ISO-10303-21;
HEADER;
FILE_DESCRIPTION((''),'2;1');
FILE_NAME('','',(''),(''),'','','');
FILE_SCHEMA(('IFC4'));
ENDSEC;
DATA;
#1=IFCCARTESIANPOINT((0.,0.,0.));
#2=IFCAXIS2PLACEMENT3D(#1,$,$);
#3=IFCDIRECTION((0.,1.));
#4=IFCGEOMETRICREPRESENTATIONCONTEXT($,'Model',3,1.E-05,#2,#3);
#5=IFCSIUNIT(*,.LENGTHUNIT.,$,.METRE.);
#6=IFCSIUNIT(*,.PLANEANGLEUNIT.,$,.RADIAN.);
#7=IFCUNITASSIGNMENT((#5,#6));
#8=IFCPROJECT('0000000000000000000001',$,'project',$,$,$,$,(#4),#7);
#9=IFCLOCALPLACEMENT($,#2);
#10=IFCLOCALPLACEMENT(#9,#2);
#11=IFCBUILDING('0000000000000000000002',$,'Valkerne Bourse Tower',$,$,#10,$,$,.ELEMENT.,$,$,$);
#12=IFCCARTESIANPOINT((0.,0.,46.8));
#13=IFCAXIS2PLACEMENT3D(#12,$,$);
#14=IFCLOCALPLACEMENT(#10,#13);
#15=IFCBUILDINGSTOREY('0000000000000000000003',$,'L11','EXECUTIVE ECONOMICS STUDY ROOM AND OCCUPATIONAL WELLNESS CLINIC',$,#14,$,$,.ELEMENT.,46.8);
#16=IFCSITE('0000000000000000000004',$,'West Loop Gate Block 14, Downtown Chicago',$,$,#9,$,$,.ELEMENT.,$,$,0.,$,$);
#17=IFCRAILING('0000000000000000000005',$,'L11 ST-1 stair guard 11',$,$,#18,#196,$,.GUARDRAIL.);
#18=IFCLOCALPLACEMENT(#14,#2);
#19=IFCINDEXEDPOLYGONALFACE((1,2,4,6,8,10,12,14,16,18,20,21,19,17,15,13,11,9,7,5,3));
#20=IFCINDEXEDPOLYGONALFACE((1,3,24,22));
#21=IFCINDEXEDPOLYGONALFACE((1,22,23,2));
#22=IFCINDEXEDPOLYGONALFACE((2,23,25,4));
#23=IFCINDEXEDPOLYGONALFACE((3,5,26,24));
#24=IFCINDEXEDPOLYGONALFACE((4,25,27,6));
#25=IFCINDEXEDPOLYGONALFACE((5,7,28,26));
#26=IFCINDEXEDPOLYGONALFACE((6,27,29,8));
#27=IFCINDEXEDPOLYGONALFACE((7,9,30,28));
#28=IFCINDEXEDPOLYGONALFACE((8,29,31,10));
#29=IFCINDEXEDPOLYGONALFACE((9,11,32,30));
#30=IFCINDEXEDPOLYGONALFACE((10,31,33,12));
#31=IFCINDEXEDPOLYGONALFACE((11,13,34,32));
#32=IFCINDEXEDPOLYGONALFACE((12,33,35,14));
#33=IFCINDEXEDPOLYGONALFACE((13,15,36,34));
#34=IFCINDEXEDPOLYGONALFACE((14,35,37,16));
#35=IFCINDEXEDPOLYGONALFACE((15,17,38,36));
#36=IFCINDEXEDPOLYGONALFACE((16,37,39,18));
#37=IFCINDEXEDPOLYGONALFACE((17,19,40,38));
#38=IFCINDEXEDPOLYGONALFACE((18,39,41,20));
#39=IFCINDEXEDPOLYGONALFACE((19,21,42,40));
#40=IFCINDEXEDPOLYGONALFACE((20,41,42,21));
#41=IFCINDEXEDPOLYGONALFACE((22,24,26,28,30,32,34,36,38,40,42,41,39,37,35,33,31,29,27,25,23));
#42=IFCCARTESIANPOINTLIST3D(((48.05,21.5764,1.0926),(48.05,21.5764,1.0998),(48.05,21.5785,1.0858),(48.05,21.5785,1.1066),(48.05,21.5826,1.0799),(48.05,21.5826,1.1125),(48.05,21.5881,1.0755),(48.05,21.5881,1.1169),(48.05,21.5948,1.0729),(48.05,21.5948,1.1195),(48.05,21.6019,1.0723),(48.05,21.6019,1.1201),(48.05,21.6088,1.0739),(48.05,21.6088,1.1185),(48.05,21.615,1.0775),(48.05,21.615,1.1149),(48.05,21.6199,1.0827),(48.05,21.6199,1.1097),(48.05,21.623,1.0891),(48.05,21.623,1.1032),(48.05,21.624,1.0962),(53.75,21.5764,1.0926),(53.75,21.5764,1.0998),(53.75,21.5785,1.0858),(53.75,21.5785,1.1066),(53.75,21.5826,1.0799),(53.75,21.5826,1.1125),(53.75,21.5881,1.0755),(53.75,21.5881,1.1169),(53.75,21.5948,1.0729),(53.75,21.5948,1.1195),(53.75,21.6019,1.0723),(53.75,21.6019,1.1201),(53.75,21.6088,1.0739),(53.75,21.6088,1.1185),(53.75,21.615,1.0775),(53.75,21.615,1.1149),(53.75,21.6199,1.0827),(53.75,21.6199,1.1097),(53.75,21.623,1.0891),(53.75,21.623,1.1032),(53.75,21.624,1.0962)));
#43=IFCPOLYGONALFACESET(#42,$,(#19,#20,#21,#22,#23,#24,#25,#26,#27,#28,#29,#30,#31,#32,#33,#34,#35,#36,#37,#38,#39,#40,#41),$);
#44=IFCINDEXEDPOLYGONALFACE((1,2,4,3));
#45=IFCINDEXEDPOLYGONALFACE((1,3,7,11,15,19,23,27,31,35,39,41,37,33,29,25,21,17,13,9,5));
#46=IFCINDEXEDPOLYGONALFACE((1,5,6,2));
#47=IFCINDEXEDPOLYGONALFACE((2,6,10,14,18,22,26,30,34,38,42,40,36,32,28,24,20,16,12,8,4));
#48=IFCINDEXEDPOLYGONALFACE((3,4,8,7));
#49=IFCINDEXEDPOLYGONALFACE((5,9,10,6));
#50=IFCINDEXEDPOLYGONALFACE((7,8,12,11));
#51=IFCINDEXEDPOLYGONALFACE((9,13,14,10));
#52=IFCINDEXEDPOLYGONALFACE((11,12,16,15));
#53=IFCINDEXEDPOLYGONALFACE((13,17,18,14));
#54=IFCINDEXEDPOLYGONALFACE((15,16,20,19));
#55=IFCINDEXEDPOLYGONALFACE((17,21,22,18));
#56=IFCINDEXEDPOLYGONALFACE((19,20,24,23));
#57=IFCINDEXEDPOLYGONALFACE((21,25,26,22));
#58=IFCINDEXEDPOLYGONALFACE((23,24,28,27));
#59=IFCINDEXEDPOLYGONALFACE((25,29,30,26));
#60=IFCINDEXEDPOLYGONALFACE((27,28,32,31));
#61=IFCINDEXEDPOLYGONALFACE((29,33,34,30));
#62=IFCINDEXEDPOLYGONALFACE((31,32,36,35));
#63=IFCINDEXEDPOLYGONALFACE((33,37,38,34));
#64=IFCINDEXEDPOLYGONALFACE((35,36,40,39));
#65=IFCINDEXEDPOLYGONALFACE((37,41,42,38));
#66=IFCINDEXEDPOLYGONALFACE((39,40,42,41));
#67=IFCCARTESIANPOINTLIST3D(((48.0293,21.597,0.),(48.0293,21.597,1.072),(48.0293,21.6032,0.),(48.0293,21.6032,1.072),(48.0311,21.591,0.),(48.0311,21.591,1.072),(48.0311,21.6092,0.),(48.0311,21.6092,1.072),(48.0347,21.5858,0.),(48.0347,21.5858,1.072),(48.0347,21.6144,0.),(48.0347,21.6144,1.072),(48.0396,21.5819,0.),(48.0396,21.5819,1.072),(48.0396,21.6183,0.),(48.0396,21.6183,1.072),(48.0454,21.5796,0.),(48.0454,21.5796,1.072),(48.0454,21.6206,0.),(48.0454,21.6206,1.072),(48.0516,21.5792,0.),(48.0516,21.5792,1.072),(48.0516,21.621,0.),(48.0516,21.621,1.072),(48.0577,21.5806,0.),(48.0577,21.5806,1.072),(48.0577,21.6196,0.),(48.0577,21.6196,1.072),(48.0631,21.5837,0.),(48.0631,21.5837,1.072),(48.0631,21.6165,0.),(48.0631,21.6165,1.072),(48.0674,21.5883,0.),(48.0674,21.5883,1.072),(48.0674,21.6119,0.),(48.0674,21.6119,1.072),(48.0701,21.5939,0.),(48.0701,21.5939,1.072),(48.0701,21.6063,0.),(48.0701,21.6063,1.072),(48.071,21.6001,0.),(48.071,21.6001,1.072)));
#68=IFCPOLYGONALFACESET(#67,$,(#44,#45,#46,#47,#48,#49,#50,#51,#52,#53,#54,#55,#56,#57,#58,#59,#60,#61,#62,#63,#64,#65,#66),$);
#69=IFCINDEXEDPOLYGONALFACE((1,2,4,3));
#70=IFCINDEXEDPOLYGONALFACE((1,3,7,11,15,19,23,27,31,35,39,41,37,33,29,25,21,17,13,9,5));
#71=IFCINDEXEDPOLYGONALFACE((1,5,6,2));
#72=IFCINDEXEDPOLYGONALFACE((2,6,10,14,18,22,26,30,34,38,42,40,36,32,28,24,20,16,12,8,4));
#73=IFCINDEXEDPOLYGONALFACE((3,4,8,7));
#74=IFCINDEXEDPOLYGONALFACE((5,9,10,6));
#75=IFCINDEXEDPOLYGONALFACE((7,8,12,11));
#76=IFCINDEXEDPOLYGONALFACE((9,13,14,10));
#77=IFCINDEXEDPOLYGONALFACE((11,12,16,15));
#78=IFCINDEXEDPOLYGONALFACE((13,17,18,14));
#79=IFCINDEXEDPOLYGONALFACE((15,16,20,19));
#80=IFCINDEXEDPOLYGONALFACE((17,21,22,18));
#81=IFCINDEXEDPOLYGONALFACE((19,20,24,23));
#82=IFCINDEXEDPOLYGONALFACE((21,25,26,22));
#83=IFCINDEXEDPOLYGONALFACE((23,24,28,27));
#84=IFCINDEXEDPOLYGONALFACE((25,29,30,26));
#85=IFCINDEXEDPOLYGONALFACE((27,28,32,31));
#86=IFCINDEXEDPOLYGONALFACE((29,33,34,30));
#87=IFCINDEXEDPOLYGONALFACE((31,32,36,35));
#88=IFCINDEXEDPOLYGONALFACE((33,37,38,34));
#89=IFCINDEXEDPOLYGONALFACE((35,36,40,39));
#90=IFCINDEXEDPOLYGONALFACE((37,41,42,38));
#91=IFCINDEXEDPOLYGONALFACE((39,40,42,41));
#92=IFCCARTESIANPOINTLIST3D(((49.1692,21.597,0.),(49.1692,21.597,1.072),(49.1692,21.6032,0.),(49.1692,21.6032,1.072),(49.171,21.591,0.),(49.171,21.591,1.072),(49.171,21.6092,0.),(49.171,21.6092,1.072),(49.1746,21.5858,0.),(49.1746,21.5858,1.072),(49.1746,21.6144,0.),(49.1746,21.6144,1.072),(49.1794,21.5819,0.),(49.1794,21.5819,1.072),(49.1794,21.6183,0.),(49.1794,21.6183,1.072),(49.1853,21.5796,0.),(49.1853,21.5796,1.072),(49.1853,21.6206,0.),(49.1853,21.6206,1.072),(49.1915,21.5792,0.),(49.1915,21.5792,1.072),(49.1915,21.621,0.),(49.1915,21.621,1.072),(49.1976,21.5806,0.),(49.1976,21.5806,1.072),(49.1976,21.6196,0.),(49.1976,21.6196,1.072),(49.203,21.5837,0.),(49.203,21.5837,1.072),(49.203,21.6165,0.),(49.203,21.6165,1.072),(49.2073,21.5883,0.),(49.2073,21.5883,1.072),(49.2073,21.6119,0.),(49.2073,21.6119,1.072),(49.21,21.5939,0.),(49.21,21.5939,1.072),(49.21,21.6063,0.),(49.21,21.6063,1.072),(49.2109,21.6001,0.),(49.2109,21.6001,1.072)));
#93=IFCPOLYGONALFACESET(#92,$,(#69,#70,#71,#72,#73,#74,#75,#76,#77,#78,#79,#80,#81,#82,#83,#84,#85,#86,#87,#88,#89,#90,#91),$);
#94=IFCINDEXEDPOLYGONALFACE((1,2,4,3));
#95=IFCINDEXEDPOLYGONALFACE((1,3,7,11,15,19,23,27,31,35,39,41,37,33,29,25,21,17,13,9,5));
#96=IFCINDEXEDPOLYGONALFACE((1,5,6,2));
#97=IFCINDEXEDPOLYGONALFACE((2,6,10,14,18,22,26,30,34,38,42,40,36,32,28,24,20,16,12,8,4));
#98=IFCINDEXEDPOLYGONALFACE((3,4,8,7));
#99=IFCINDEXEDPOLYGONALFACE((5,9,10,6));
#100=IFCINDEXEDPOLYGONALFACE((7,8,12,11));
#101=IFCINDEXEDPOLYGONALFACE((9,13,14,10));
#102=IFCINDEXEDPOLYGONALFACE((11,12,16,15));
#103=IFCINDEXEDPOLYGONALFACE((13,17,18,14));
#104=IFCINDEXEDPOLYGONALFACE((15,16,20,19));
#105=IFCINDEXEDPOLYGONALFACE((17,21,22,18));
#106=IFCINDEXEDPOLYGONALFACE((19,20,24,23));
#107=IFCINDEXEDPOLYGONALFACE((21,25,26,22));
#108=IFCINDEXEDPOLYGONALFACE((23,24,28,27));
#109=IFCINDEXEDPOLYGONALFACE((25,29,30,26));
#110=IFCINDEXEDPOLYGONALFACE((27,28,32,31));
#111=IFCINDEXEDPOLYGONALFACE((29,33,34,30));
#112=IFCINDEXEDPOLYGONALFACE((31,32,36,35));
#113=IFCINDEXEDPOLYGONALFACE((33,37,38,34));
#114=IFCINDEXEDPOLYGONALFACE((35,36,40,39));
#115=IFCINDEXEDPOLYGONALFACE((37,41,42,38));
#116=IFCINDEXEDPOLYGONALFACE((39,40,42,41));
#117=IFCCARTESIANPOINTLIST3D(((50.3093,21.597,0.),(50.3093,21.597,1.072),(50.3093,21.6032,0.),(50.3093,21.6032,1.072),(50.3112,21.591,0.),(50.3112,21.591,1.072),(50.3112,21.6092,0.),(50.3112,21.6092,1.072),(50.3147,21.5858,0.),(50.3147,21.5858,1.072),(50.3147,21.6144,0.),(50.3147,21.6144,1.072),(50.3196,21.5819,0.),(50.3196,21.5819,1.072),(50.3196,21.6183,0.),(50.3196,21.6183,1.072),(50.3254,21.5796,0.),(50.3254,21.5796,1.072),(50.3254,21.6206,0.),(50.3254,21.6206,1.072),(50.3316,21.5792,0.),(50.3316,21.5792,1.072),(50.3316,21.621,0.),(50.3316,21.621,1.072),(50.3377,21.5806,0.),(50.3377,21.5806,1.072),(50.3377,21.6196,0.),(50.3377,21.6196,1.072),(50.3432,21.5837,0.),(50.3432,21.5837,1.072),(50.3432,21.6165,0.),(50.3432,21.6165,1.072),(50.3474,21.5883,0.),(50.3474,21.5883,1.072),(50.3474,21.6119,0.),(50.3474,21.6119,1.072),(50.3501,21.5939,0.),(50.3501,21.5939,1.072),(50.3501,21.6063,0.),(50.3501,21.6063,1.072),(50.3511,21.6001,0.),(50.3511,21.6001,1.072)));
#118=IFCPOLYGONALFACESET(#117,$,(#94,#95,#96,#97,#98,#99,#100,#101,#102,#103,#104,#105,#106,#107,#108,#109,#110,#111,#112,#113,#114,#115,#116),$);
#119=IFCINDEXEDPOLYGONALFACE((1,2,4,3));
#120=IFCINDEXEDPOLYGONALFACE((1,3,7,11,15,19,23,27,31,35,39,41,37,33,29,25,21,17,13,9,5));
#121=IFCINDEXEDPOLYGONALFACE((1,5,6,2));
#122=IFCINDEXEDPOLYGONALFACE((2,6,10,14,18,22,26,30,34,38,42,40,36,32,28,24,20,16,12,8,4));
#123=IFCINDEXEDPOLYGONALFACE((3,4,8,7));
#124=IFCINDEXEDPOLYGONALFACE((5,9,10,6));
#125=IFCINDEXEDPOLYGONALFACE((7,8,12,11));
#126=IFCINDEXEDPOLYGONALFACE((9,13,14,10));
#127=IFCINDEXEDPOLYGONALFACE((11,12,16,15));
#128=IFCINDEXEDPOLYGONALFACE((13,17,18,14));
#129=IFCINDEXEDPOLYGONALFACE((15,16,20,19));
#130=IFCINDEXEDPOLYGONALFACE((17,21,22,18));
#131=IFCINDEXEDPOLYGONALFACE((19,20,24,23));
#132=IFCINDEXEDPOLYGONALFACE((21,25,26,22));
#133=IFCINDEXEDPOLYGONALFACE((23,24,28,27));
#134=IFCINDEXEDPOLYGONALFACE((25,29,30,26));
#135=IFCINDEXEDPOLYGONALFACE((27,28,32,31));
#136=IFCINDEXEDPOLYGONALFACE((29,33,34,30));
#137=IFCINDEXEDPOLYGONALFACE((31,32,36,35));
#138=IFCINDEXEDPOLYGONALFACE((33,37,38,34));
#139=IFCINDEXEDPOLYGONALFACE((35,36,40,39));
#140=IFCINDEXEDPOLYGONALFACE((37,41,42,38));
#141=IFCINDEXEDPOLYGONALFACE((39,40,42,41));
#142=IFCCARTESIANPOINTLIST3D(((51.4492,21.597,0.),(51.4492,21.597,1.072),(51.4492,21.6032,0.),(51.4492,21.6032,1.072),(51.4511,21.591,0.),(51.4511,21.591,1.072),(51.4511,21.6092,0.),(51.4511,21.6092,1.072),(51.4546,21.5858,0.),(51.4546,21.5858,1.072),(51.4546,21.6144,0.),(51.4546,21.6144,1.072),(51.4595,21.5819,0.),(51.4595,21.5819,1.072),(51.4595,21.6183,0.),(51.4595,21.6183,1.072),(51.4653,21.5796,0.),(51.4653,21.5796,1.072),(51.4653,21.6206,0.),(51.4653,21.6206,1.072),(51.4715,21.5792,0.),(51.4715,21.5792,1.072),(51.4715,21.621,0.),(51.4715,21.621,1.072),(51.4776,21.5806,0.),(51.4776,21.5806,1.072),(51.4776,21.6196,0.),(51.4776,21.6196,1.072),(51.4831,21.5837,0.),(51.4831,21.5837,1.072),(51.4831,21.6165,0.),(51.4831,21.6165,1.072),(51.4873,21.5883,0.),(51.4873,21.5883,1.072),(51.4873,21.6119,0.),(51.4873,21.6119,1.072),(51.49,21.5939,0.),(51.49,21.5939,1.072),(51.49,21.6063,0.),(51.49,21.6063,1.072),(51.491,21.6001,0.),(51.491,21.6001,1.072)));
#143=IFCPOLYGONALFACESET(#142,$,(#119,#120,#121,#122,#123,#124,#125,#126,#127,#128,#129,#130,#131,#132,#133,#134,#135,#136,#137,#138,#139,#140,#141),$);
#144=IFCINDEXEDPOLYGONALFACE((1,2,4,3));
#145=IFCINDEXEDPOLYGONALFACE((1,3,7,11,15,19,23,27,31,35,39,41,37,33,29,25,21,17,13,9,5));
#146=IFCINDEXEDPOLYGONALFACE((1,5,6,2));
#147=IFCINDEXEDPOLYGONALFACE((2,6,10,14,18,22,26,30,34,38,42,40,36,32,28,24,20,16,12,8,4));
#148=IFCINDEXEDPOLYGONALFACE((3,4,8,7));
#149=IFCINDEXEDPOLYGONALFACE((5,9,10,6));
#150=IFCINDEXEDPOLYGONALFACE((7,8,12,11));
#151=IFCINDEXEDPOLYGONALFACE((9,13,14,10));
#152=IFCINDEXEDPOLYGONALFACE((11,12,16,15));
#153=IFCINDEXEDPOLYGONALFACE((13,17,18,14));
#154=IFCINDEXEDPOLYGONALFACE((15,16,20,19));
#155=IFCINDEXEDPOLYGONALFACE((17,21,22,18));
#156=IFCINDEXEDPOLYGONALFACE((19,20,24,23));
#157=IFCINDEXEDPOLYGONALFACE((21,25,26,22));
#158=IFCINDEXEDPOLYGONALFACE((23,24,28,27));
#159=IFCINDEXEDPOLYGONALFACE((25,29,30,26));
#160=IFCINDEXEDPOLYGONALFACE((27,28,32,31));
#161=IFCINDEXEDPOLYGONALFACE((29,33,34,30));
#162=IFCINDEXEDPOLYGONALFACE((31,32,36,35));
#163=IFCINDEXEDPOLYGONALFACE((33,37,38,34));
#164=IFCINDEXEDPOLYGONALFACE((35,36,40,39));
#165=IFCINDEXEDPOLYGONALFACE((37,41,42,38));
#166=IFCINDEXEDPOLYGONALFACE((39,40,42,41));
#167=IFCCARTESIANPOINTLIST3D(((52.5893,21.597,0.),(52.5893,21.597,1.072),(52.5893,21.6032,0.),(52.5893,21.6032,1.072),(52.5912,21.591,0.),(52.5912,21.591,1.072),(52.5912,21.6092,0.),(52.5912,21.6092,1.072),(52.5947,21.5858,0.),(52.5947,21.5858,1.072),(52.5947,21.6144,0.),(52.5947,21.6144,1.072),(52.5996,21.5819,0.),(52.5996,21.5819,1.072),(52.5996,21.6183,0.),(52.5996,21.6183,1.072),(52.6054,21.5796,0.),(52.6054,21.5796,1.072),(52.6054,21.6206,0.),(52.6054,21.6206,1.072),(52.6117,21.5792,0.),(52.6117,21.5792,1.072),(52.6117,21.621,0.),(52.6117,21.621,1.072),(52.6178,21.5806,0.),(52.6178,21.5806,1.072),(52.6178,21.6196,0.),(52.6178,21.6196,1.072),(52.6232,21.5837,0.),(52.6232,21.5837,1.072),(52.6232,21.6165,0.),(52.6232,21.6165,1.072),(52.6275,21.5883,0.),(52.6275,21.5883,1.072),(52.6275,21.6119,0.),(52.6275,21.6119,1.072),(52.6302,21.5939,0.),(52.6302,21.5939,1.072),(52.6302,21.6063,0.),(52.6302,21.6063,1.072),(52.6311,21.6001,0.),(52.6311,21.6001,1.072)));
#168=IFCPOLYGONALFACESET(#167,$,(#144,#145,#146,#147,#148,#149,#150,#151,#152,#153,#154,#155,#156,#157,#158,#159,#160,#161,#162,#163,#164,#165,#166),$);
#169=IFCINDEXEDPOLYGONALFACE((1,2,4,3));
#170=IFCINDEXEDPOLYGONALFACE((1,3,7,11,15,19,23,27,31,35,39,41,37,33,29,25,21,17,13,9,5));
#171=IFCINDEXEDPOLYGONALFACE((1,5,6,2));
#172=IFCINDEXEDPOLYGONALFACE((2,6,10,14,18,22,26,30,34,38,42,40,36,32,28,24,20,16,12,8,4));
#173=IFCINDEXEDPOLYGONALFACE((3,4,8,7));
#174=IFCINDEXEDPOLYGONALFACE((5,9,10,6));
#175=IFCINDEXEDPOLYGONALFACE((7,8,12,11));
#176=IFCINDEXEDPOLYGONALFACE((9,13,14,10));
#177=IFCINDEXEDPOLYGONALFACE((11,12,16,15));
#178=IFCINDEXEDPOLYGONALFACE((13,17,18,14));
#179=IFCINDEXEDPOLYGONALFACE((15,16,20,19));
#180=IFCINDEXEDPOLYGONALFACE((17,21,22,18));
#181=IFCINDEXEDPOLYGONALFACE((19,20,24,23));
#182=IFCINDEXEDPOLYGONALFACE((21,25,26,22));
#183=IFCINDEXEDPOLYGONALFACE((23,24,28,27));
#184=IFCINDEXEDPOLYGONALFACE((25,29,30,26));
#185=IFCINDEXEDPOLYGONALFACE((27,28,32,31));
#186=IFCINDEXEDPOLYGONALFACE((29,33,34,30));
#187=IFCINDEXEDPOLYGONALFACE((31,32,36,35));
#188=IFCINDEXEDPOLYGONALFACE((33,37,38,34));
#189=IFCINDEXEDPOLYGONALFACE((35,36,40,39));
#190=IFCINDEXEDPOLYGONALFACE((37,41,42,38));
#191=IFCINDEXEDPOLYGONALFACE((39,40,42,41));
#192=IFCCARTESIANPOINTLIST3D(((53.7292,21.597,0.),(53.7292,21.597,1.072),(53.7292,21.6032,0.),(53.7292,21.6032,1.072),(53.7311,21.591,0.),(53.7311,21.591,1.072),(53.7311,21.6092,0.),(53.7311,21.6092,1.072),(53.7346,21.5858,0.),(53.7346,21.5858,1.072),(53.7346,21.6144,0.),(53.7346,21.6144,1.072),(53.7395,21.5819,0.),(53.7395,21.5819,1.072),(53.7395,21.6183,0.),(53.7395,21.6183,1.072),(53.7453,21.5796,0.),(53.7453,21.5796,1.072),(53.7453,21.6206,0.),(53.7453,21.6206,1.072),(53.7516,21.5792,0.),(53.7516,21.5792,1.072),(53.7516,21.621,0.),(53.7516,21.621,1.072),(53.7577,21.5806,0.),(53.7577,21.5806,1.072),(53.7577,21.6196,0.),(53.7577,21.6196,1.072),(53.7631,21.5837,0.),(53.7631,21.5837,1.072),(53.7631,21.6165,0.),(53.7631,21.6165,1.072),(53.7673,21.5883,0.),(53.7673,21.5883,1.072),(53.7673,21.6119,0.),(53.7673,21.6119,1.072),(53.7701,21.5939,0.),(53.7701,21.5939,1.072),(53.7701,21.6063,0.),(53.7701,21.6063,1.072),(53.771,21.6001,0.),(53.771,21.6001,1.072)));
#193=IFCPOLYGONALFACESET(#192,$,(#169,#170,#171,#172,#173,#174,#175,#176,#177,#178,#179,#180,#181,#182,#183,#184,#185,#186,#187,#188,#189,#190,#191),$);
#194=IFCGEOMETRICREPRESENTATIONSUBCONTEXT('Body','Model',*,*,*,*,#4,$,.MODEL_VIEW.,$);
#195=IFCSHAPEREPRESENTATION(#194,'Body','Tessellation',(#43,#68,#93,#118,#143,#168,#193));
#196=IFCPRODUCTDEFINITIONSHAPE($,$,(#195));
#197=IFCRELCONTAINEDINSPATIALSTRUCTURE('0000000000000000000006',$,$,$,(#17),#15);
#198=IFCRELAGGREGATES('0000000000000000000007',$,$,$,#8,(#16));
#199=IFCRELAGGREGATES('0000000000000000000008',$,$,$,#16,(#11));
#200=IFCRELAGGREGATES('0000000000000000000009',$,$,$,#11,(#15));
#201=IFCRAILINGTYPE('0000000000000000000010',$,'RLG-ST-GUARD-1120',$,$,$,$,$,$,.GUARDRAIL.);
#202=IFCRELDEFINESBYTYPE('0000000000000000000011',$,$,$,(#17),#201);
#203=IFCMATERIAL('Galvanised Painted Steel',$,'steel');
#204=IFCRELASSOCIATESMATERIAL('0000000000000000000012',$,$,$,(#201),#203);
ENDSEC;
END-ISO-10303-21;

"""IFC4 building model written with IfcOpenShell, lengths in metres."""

from ifc_helpers import new_model, si_unit, direction, frame, origin, origin_2d, place, context, subcontext, project, spatial, circle, extrude, material, type_object, element, save


model = new_model("IFC4")

# Units and contexts
model_context = context("Model", 3, precision=1e-05, world=origin(), true_north=direction((0.0, 1.0)))
body_context = subcontext(model_context, "Body", "Model", "MODEL_VIEW")
ifc_project = project(units=[si_unit("LENGTHUNIT", "METRE"), si_unit("PLANEANGLEUNIT", "RADIAN")], contexts=[model_context])

# Site, building, storey
site_placement = place(None, origin())
site = spatial("IfcSite", under=ifc_project, at=site_placement, Name="West Loop Gate Block 14, Downtown Chicago", CompositionType="ELEMENT", RefElevation=0.0)
building_placement = place(site_placement, origin())
building = spatial("IfcBuilding", under=site, at=building_placement, Name="Valkerne Bourse Tower", CompositionType="ELEMENT")
storey_placement = place(building_placement, frame((0.0, 0.0, 46.8)))
storey = spatial("IfcBuildingStorey", under=building, at=storey_placement, Name="L11", Description="EXECUTIVE ECONOMICS STUDY ROOM AND OCCUPATIONAL WELLNESS CLINIC", CompositionType="ELEMENT", Elevation=46.8)

# Shared definitions
ifc_material_1 = material(Name="Galvanised Painted Steel", Category="steel")

# Railing
railing_type = type_object("IfcRailingType", Name="RLG-ST-GUARD-1120", PredefinedType="GUARDRAIL", material=ifc_material_1)
for number, where, name in (
    (1, (48.05, 21.6001, 0.0), "L11 ST-1 stair guard 11"),
):
    element("IfcRailing", number, at=place(storey_placement, frame(where)), inside=storey, type_object=railing_type, Name=name, PredefinedType="GUARDRAIL", context=body_context, shape_type="SweptSolid", body=[
        extrude(circle(Radius=0.0239, at=origin_2d()), frame((0.0, 0.0, 1.0962), z_axis=(1.0, 0.0, 0.0), x_axis=(0.0, 1.0, 0.0)), (0.0, 0.0, 1.0), 5.7),
        extrude(circle(Radius=0.021, at=origin_2d()), origin(), (0.0, 0.0, 1.0), 1.072),
        extrude(circle(Radius=0.021, at=origin_2d()), frame((1.1399, 0.0, 0.0)), (0.0, 0.0, 1.0), 1.072),
        extrude(circle(Radius=0.021, at=origin_2d()), frame((2.28, 0.0, 0.0)), (0.0, 0.0, 1.0), 1.072),
        extrude(circle(Radius=0.021, at=origin_2d()), frame((3.4199, 0.0, 0.0)), (0.0, 0.0, 1.0), 1.072),
        extrude(circle(Radius=0.021, at=origin_2d()), frame((4.5601, 0.0, 0.0)), (0.0, 0.0, 1.0), 1.072),
        extrude(circle(Radius=0.021, at=origin_2d()), frame((5.7, 0.0, 0.0)), (0.0, 0.0, 1.0), 1.072),
    ])

save(model, "model.ifc")
